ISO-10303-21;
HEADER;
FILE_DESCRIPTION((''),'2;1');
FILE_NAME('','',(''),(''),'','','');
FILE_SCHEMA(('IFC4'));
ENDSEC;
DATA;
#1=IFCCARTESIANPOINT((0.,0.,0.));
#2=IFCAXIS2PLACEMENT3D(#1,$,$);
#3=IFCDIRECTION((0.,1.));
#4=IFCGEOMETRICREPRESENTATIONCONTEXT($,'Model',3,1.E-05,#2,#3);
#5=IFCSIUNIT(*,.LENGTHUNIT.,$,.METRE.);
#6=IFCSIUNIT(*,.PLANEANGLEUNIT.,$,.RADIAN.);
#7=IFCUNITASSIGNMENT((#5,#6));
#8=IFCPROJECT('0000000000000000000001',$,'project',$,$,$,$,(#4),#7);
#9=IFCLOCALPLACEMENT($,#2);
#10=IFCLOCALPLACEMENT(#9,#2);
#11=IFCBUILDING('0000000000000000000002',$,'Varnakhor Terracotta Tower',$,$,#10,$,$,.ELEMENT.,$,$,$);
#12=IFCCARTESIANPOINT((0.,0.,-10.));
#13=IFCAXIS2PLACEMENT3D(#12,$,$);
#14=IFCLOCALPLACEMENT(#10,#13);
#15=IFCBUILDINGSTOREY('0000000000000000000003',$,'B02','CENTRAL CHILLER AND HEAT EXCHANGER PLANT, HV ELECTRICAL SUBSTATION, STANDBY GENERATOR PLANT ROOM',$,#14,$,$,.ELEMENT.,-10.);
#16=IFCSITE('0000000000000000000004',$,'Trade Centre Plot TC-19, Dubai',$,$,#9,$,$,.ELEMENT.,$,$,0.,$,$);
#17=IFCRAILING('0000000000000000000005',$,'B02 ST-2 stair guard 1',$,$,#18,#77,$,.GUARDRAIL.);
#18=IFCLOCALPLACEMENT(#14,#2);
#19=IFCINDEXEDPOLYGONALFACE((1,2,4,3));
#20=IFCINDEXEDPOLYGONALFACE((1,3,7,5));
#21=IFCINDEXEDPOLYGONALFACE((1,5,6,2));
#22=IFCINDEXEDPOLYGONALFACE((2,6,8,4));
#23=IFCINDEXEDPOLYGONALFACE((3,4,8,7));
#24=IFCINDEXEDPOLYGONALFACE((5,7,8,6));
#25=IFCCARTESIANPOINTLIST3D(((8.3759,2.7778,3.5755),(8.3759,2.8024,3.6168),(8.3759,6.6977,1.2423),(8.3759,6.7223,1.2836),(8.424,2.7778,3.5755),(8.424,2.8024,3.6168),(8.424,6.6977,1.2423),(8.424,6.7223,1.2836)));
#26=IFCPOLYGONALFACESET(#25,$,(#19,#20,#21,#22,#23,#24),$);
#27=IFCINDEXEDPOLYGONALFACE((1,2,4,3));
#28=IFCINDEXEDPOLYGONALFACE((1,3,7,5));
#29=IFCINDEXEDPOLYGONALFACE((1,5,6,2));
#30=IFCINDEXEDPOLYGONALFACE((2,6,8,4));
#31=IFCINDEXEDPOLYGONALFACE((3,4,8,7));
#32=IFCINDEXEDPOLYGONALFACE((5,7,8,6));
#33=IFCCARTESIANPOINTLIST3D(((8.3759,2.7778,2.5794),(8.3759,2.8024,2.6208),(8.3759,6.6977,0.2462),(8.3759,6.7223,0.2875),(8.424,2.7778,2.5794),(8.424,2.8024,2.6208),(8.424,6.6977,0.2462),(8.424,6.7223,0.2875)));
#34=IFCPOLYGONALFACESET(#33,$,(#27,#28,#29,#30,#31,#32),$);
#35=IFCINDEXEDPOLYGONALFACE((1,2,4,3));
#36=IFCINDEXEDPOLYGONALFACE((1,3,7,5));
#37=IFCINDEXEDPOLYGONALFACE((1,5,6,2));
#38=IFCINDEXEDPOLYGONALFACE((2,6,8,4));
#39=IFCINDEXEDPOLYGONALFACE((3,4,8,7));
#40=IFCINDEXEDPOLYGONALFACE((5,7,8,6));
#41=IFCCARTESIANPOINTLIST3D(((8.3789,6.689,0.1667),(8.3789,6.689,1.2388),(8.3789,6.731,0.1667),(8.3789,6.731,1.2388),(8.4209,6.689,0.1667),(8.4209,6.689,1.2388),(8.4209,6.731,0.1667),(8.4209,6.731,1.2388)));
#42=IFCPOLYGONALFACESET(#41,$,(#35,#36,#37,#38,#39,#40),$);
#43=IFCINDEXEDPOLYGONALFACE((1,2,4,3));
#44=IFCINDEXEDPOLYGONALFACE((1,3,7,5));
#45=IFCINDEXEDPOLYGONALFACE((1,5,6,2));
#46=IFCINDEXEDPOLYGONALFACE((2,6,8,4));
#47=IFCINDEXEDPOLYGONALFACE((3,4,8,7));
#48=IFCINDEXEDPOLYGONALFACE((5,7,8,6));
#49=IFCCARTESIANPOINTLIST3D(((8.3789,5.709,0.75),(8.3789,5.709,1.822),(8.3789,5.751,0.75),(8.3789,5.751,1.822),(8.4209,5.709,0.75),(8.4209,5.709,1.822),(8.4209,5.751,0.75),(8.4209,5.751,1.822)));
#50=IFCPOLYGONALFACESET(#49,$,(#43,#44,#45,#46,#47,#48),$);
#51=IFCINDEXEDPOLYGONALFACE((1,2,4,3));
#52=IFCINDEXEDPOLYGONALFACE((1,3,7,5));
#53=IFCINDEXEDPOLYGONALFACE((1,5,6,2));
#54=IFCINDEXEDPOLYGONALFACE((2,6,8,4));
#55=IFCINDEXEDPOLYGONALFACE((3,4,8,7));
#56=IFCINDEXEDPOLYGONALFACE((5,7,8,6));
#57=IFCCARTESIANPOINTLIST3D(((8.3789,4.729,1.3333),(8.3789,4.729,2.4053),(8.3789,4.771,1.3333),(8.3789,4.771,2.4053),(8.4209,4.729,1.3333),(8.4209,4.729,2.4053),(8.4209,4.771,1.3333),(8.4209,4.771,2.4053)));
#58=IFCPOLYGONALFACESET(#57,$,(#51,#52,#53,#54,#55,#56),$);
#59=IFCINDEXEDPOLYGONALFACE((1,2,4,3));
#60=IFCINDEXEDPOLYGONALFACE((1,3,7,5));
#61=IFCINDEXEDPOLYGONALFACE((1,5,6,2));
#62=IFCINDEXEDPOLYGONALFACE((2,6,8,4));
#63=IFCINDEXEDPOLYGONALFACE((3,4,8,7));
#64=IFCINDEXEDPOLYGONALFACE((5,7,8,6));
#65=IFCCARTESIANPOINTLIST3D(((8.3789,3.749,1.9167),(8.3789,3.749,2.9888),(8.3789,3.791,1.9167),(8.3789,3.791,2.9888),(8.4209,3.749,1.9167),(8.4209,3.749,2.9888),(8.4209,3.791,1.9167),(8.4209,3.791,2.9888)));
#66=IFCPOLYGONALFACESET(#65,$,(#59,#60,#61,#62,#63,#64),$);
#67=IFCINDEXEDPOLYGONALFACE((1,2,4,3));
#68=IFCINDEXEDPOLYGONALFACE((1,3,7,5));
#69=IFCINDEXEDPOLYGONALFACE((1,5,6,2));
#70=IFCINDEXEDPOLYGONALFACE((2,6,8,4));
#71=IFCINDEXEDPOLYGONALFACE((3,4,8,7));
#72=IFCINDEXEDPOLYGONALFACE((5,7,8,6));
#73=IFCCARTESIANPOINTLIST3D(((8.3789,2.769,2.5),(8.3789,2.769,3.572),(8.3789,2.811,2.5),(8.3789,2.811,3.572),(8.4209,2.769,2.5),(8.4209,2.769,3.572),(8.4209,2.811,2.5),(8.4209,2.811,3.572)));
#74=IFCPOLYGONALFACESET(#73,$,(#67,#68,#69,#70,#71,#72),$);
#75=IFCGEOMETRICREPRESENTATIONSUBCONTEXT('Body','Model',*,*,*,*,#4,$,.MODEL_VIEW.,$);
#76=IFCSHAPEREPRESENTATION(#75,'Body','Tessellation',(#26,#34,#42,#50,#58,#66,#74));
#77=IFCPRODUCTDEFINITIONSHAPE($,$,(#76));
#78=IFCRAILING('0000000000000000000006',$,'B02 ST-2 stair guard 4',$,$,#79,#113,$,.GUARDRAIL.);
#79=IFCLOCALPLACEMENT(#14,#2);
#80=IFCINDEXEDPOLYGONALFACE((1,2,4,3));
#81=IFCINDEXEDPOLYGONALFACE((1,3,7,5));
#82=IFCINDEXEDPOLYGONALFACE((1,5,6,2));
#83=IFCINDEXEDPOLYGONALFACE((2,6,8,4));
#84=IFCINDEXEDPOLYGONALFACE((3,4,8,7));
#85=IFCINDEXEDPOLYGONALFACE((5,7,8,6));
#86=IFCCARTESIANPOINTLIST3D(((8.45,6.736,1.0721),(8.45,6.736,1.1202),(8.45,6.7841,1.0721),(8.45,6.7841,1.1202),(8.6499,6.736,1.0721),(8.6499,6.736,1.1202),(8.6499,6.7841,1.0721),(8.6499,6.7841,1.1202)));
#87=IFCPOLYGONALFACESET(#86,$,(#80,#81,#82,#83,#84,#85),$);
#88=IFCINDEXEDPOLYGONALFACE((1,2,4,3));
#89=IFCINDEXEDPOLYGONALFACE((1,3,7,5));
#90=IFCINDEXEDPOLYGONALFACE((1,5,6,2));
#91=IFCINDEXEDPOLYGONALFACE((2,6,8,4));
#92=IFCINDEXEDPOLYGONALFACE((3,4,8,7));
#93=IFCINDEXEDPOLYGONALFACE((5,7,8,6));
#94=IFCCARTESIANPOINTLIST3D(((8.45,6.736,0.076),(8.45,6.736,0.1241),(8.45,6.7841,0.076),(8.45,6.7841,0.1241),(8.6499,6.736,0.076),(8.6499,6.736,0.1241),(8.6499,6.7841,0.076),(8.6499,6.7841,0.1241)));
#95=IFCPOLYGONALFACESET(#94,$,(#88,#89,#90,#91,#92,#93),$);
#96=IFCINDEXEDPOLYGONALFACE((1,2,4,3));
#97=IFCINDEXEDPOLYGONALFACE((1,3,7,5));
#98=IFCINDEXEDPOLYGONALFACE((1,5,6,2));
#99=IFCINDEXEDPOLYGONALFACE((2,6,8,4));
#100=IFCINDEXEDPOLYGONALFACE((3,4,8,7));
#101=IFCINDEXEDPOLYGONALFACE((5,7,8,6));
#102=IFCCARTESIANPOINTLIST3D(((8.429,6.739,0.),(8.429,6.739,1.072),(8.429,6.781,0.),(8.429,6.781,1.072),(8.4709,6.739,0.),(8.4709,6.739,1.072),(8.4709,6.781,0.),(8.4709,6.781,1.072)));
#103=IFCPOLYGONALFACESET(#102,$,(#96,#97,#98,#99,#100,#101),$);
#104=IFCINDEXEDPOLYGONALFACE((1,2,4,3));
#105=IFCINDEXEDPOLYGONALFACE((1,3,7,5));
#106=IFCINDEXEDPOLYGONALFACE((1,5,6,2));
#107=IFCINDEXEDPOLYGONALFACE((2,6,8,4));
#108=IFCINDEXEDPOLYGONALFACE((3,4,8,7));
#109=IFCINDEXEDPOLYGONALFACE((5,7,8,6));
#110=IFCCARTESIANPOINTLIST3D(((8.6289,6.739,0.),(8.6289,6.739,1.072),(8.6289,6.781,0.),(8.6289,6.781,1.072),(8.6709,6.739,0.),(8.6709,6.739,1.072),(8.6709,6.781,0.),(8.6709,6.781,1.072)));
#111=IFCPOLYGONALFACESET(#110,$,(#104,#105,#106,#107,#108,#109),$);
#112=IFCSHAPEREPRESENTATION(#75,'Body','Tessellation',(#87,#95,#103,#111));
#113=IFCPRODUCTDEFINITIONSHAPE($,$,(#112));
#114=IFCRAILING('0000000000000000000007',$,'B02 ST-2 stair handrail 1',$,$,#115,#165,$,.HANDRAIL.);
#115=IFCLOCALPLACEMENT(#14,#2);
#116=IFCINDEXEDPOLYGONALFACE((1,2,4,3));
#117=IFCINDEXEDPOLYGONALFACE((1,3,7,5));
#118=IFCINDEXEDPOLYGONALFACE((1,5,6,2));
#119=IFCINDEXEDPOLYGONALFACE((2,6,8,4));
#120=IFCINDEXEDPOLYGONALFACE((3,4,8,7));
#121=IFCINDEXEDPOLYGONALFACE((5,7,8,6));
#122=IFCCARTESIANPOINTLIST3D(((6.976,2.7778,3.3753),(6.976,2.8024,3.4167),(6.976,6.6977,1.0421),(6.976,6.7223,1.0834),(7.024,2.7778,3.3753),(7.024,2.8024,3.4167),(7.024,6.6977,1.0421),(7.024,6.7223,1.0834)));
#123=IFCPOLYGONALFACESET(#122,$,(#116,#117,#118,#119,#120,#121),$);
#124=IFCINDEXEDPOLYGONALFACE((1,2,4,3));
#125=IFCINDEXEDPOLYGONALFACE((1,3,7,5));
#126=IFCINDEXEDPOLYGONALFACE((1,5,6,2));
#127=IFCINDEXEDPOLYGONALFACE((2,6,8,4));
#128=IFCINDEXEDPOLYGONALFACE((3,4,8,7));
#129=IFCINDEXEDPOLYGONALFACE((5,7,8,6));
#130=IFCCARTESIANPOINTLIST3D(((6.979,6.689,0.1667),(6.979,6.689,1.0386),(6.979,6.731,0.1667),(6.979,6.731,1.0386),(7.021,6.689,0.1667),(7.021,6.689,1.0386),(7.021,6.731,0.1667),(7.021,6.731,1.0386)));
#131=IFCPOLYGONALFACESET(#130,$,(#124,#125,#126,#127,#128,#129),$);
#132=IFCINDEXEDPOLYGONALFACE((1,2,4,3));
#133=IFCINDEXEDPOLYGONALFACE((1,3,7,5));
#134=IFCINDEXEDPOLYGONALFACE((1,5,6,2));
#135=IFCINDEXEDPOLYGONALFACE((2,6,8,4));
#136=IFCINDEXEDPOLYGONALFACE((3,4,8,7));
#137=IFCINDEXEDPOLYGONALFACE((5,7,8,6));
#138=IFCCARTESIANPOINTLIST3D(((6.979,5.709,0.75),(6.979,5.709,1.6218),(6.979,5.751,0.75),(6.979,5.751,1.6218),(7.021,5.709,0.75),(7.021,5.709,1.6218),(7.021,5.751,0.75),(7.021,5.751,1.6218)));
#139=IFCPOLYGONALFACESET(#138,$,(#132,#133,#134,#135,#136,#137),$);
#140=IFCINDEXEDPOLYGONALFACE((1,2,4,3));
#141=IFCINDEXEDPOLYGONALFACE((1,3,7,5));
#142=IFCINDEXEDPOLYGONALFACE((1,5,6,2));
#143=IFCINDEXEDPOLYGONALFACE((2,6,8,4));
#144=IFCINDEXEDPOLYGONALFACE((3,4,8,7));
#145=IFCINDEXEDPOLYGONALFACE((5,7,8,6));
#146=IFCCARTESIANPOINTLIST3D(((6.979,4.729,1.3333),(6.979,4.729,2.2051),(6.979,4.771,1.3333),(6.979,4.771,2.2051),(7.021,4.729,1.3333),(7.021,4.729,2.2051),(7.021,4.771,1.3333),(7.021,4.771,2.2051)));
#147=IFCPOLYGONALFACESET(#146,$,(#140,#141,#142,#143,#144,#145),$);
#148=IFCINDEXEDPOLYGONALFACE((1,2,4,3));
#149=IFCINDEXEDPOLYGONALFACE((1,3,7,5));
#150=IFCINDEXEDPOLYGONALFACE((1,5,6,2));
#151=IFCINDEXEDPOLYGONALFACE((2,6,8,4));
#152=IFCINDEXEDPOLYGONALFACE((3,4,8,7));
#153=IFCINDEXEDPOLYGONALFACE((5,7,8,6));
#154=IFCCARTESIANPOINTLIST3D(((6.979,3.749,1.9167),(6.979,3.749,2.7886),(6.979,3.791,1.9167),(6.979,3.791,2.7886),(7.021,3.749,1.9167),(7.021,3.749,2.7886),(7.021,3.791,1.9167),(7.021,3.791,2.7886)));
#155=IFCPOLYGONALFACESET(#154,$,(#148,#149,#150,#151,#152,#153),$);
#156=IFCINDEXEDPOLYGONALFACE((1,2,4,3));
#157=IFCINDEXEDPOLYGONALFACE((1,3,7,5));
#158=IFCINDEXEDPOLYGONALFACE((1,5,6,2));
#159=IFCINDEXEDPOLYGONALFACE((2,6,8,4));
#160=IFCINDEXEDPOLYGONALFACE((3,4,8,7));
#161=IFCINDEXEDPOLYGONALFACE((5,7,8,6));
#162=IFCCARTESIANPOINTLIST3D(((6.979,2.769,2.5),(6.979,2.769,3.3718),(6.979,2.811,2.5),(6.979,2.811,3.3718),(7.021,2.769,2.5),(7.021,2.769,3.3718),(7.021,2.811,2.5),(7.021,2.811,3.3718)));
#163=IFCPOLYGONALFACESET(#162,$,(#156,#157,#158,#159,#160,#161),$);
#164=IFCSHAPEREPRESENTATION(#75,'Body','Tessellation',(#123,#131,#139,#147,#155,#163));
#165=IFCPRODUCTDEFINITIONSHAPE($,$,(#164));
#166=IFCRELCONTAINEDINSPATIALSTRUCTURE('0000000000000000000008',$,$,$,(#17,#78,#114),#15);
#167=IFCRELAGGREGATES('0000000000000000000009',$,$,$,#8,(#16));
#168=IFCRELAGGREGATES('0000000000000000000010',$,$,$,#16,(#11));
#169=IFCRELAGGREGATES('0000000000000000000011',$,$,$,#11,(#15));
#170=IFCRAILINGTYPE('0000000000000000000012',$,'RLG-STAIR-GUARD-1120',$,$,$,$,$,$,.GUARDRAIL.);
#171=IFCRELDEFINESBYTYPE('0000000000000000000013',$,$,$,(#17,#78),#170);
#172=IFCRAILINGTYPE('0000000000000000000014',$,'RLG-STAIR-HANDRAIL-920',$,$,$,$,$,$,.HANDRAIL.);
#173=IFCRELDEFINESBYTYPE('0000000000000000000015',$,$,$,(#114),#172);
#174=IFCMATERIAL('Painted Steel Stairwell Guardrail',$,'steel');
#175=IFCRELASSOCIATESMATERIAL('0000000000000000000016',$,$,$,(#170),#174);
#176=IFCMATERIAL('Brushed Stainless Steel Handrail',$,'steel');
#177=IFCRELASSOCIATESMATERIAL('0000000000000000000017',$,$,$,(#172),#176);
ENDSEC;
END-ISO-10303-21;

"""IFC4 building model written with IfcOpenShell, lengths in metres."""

from ifc_helpers import new_model, si_unit, direction, frame, origin, origin_2d, place, context, subcontext, project, spatial, rectangle, extrude, material, type_object, element, save


model = new_model("IFC4")

# Units and contexts
model_context = context("Model", 3, precision=1e-05, world=origin(), true_north=direction((0.0, 1.0)))
body_context = subcontext(model_context, "Body", "Model", "MODEL_VIEW")
ifc_project = project(units=[si_unit("LENGTHUNIT", "METRE"), si_unit("PLANEANGLEUNIT", "RADIAN")], contexts=[model_context])

# Site, building, storey
site_placement = place(None, origin())
site = spatial("IfcSite", under=ifc_project, at=site_placement, Name="Trade Centre Plot TC-19, Dubai", CompositionType="ELEMENT", RefElevation=0.0)
building_placement = place(site_placement, origin())
building = spatial("IfcBuilding", under=site, at=building_placement, Name="Varnakhor Terracotta Tower", CompositionType="ELEMENT")
storey_placement = place(building_placement, frame((0.0, 0.0, -10.0)))
storey = spatial("IfcBuildingStorey", under=building, at=storey_placement, Name="B02", Description="CENTRAL CHILLER AND HEAT EXCHANGER PLANT, HV ELECTRICAL SUBSTATION, STANDBY GENERATOR PLANT ROOM", CompositionType="ELEMENT", Elevation=-10.0)

# Railings
ifc_material_1 = material(Name="Painted Steel Stairwell Guardrail", Category="steel")
railing_type_1 = type_object("IfcRailingType", Name="RLG-STAIR-GUARD-1120", PredefinedType="GUARDRAIL", material=ifc_material_1)
railing_1_placement = place(storey_placement, frame((8.3999, 6.71, 0.1667)))
element("IfcRailing", 1, at=railing_1_placement, inside=storey, type_object=railing_type_1, Name="B02 ST-2 stair guard 1", PredefinedType="GUARDRAIL", context=body_context, shape_type="SweptSolid", body=[
    extrude(rectangle(XDim=0.0481, YDim=0.0481, at=origin_2d()), frame((0.0, 0.0, 1.0962), z_axis=(0.0, -0.859296, 0.511478), x_axis=(1.0, 0.0, 0.0)), (0.0, 0.0, 1.0), 4.5618),
    extrude(rectangle(XDim=0.0481, YDim=0.0481, at=origin_2d()), frame((0.0, 0.0, 0.1001), z_axis=(0.0, -0.859296, 0.511478), x_axis=(1.0, 0.0, 0.0)), (0.0, 0.0, 1.0), 4.5618),
    extrude(rectangle(XDim=0.042, YDim=0.042, at=origin_2d()), origin(), (0.0, 0.0, 1.0), 1.072),
    extrude(rectangle(XDim=0.042, YDim=0.042, at=origin_2d()), frame((0.0, -0.98, 0.5833)), (0.0, 0.0, 1.0), 1.072),
    extrude(rectangle(XDim=0.042, YDim=0.042, at=origin_2d()), frame((0.0, -1.96, 1.1665)), (0.0, 0.0, 1.0), 1.072),
    extrude(rectangle(XDim=0.042, YDim=0.042, at=origin_2d()), frame((0.0, -2.9399, 1.75)), (0.0, 0.0, 1.0), 1.072),
    extrude(rectangle(XDim=0.042, YDim=0.042, at=origin_2d()), frame((0.0, -3.9199, 2.3333)), (0.0, 0.0, 1.0), 1.072),
])
railing_2_placement = place(storey_placement, frame((8.45, 6.76, 0.0)))
element("IfcRailing", 2, at=railing_2_placement, inside=storey, type_object=railing_type_1, Name="B02 ST-2 stair guard 4", PredefinedType="GUARDRAIL", context=body_context, shape_type="SweptSolid", body=[
    extrude(rectangle(XDim=0.0481, YDim=0.0481, at=origin_2d()), frame((0.0, 0.0, 1.0962), z_axis=(1.0, 0.0, 0.0), x_axis=(0.0, 1.0, 0.0)), (0.0, 0.0, 1.0), 0.2),
    extrude(rectangle(XDim=0.0481, YDim=0.0481, at=origin_2d()), frame((0.0, 0.0, 0.1001), z_axis=(1.0, 0.0, 0.0), x_axis=(0.0, 1.0, 0.0)), (0.0, 0.0, 1.0), 0.2),
    extrude(rectangle(XDim=0.042, YDim=0.042, at=origin_2d()), origin(), (0.0, 0.0, 1.0), 1.072),
    extrude(rectangle(XDim=0.042, YDim=0.042, at=origin_2d()), frame((0.2, 0.0, 0.0)), (0.0, 0.0, 1.0), 1.072),
])
ifc_material_2 = material(Name="Brushed Stainless Steel Handrail", Category="steel")
railing_type_2 = type_object("IfcRailingType", Name="RLG-STAIR-HANDRAIL-920", PredefinedType="HANDRAIL", material=ifc_material_2)
railing_3_placement = place(storey_placement, frame((7.0, 6.71, 0.1667)))
element("IfcRailing", 3, at=railing_3_placement, inside=storey, type_object=railing_type_2, Name="B02 ST-2 stair handrail 1", PredefinedType="HANDRAIL", context=body_context, shape_type="SweptSolid", body=[
    extrude(rectangle(XDim=0.0481, YDim=0.0481, at=origin_2d()), frame((0.0, 0.0, 0.896), z_axis=(0.0, -0.859296, 0.511478), x_axis=(1.0, 0.0, 0.0)), (0.0, 0.0, 1.0), 4.5618),
    extrude(rectangle(XDim=0.042, YDim=0.042, at=origin_2d()), origin(), (0.0, 0.0, 1.0), 0.8718),
    extrude(rectangle(XDim=0.042, YDim=0.042, at=origin_2d()), frame((0.0, -0.98, 0.5833)), (0.0, 0.0, 1.0), 0.8718),
    extrude(rectangle(XDim=0.042, YDim=0.042, at=origin_2d()), frame((0.0, -1.96, 1.1665)), (0.0, 0.0, 1.0), 0.8718),
    extrude(rectangle(XDim=0.042, YDim=0.042, at=origin_2d()), frame((0.0, -2.9399, 1.75)), (0.0, 0.0, 1.0), 0.8718),
    extrude(rectangle(XDim=0.042, YDim=0.042, at=origin_2d()), frame((0.0, -3.9199, 2.3333)), (0.0, 0.0, 1.0), 0.8718),
])

save(model, "model.ifc")
